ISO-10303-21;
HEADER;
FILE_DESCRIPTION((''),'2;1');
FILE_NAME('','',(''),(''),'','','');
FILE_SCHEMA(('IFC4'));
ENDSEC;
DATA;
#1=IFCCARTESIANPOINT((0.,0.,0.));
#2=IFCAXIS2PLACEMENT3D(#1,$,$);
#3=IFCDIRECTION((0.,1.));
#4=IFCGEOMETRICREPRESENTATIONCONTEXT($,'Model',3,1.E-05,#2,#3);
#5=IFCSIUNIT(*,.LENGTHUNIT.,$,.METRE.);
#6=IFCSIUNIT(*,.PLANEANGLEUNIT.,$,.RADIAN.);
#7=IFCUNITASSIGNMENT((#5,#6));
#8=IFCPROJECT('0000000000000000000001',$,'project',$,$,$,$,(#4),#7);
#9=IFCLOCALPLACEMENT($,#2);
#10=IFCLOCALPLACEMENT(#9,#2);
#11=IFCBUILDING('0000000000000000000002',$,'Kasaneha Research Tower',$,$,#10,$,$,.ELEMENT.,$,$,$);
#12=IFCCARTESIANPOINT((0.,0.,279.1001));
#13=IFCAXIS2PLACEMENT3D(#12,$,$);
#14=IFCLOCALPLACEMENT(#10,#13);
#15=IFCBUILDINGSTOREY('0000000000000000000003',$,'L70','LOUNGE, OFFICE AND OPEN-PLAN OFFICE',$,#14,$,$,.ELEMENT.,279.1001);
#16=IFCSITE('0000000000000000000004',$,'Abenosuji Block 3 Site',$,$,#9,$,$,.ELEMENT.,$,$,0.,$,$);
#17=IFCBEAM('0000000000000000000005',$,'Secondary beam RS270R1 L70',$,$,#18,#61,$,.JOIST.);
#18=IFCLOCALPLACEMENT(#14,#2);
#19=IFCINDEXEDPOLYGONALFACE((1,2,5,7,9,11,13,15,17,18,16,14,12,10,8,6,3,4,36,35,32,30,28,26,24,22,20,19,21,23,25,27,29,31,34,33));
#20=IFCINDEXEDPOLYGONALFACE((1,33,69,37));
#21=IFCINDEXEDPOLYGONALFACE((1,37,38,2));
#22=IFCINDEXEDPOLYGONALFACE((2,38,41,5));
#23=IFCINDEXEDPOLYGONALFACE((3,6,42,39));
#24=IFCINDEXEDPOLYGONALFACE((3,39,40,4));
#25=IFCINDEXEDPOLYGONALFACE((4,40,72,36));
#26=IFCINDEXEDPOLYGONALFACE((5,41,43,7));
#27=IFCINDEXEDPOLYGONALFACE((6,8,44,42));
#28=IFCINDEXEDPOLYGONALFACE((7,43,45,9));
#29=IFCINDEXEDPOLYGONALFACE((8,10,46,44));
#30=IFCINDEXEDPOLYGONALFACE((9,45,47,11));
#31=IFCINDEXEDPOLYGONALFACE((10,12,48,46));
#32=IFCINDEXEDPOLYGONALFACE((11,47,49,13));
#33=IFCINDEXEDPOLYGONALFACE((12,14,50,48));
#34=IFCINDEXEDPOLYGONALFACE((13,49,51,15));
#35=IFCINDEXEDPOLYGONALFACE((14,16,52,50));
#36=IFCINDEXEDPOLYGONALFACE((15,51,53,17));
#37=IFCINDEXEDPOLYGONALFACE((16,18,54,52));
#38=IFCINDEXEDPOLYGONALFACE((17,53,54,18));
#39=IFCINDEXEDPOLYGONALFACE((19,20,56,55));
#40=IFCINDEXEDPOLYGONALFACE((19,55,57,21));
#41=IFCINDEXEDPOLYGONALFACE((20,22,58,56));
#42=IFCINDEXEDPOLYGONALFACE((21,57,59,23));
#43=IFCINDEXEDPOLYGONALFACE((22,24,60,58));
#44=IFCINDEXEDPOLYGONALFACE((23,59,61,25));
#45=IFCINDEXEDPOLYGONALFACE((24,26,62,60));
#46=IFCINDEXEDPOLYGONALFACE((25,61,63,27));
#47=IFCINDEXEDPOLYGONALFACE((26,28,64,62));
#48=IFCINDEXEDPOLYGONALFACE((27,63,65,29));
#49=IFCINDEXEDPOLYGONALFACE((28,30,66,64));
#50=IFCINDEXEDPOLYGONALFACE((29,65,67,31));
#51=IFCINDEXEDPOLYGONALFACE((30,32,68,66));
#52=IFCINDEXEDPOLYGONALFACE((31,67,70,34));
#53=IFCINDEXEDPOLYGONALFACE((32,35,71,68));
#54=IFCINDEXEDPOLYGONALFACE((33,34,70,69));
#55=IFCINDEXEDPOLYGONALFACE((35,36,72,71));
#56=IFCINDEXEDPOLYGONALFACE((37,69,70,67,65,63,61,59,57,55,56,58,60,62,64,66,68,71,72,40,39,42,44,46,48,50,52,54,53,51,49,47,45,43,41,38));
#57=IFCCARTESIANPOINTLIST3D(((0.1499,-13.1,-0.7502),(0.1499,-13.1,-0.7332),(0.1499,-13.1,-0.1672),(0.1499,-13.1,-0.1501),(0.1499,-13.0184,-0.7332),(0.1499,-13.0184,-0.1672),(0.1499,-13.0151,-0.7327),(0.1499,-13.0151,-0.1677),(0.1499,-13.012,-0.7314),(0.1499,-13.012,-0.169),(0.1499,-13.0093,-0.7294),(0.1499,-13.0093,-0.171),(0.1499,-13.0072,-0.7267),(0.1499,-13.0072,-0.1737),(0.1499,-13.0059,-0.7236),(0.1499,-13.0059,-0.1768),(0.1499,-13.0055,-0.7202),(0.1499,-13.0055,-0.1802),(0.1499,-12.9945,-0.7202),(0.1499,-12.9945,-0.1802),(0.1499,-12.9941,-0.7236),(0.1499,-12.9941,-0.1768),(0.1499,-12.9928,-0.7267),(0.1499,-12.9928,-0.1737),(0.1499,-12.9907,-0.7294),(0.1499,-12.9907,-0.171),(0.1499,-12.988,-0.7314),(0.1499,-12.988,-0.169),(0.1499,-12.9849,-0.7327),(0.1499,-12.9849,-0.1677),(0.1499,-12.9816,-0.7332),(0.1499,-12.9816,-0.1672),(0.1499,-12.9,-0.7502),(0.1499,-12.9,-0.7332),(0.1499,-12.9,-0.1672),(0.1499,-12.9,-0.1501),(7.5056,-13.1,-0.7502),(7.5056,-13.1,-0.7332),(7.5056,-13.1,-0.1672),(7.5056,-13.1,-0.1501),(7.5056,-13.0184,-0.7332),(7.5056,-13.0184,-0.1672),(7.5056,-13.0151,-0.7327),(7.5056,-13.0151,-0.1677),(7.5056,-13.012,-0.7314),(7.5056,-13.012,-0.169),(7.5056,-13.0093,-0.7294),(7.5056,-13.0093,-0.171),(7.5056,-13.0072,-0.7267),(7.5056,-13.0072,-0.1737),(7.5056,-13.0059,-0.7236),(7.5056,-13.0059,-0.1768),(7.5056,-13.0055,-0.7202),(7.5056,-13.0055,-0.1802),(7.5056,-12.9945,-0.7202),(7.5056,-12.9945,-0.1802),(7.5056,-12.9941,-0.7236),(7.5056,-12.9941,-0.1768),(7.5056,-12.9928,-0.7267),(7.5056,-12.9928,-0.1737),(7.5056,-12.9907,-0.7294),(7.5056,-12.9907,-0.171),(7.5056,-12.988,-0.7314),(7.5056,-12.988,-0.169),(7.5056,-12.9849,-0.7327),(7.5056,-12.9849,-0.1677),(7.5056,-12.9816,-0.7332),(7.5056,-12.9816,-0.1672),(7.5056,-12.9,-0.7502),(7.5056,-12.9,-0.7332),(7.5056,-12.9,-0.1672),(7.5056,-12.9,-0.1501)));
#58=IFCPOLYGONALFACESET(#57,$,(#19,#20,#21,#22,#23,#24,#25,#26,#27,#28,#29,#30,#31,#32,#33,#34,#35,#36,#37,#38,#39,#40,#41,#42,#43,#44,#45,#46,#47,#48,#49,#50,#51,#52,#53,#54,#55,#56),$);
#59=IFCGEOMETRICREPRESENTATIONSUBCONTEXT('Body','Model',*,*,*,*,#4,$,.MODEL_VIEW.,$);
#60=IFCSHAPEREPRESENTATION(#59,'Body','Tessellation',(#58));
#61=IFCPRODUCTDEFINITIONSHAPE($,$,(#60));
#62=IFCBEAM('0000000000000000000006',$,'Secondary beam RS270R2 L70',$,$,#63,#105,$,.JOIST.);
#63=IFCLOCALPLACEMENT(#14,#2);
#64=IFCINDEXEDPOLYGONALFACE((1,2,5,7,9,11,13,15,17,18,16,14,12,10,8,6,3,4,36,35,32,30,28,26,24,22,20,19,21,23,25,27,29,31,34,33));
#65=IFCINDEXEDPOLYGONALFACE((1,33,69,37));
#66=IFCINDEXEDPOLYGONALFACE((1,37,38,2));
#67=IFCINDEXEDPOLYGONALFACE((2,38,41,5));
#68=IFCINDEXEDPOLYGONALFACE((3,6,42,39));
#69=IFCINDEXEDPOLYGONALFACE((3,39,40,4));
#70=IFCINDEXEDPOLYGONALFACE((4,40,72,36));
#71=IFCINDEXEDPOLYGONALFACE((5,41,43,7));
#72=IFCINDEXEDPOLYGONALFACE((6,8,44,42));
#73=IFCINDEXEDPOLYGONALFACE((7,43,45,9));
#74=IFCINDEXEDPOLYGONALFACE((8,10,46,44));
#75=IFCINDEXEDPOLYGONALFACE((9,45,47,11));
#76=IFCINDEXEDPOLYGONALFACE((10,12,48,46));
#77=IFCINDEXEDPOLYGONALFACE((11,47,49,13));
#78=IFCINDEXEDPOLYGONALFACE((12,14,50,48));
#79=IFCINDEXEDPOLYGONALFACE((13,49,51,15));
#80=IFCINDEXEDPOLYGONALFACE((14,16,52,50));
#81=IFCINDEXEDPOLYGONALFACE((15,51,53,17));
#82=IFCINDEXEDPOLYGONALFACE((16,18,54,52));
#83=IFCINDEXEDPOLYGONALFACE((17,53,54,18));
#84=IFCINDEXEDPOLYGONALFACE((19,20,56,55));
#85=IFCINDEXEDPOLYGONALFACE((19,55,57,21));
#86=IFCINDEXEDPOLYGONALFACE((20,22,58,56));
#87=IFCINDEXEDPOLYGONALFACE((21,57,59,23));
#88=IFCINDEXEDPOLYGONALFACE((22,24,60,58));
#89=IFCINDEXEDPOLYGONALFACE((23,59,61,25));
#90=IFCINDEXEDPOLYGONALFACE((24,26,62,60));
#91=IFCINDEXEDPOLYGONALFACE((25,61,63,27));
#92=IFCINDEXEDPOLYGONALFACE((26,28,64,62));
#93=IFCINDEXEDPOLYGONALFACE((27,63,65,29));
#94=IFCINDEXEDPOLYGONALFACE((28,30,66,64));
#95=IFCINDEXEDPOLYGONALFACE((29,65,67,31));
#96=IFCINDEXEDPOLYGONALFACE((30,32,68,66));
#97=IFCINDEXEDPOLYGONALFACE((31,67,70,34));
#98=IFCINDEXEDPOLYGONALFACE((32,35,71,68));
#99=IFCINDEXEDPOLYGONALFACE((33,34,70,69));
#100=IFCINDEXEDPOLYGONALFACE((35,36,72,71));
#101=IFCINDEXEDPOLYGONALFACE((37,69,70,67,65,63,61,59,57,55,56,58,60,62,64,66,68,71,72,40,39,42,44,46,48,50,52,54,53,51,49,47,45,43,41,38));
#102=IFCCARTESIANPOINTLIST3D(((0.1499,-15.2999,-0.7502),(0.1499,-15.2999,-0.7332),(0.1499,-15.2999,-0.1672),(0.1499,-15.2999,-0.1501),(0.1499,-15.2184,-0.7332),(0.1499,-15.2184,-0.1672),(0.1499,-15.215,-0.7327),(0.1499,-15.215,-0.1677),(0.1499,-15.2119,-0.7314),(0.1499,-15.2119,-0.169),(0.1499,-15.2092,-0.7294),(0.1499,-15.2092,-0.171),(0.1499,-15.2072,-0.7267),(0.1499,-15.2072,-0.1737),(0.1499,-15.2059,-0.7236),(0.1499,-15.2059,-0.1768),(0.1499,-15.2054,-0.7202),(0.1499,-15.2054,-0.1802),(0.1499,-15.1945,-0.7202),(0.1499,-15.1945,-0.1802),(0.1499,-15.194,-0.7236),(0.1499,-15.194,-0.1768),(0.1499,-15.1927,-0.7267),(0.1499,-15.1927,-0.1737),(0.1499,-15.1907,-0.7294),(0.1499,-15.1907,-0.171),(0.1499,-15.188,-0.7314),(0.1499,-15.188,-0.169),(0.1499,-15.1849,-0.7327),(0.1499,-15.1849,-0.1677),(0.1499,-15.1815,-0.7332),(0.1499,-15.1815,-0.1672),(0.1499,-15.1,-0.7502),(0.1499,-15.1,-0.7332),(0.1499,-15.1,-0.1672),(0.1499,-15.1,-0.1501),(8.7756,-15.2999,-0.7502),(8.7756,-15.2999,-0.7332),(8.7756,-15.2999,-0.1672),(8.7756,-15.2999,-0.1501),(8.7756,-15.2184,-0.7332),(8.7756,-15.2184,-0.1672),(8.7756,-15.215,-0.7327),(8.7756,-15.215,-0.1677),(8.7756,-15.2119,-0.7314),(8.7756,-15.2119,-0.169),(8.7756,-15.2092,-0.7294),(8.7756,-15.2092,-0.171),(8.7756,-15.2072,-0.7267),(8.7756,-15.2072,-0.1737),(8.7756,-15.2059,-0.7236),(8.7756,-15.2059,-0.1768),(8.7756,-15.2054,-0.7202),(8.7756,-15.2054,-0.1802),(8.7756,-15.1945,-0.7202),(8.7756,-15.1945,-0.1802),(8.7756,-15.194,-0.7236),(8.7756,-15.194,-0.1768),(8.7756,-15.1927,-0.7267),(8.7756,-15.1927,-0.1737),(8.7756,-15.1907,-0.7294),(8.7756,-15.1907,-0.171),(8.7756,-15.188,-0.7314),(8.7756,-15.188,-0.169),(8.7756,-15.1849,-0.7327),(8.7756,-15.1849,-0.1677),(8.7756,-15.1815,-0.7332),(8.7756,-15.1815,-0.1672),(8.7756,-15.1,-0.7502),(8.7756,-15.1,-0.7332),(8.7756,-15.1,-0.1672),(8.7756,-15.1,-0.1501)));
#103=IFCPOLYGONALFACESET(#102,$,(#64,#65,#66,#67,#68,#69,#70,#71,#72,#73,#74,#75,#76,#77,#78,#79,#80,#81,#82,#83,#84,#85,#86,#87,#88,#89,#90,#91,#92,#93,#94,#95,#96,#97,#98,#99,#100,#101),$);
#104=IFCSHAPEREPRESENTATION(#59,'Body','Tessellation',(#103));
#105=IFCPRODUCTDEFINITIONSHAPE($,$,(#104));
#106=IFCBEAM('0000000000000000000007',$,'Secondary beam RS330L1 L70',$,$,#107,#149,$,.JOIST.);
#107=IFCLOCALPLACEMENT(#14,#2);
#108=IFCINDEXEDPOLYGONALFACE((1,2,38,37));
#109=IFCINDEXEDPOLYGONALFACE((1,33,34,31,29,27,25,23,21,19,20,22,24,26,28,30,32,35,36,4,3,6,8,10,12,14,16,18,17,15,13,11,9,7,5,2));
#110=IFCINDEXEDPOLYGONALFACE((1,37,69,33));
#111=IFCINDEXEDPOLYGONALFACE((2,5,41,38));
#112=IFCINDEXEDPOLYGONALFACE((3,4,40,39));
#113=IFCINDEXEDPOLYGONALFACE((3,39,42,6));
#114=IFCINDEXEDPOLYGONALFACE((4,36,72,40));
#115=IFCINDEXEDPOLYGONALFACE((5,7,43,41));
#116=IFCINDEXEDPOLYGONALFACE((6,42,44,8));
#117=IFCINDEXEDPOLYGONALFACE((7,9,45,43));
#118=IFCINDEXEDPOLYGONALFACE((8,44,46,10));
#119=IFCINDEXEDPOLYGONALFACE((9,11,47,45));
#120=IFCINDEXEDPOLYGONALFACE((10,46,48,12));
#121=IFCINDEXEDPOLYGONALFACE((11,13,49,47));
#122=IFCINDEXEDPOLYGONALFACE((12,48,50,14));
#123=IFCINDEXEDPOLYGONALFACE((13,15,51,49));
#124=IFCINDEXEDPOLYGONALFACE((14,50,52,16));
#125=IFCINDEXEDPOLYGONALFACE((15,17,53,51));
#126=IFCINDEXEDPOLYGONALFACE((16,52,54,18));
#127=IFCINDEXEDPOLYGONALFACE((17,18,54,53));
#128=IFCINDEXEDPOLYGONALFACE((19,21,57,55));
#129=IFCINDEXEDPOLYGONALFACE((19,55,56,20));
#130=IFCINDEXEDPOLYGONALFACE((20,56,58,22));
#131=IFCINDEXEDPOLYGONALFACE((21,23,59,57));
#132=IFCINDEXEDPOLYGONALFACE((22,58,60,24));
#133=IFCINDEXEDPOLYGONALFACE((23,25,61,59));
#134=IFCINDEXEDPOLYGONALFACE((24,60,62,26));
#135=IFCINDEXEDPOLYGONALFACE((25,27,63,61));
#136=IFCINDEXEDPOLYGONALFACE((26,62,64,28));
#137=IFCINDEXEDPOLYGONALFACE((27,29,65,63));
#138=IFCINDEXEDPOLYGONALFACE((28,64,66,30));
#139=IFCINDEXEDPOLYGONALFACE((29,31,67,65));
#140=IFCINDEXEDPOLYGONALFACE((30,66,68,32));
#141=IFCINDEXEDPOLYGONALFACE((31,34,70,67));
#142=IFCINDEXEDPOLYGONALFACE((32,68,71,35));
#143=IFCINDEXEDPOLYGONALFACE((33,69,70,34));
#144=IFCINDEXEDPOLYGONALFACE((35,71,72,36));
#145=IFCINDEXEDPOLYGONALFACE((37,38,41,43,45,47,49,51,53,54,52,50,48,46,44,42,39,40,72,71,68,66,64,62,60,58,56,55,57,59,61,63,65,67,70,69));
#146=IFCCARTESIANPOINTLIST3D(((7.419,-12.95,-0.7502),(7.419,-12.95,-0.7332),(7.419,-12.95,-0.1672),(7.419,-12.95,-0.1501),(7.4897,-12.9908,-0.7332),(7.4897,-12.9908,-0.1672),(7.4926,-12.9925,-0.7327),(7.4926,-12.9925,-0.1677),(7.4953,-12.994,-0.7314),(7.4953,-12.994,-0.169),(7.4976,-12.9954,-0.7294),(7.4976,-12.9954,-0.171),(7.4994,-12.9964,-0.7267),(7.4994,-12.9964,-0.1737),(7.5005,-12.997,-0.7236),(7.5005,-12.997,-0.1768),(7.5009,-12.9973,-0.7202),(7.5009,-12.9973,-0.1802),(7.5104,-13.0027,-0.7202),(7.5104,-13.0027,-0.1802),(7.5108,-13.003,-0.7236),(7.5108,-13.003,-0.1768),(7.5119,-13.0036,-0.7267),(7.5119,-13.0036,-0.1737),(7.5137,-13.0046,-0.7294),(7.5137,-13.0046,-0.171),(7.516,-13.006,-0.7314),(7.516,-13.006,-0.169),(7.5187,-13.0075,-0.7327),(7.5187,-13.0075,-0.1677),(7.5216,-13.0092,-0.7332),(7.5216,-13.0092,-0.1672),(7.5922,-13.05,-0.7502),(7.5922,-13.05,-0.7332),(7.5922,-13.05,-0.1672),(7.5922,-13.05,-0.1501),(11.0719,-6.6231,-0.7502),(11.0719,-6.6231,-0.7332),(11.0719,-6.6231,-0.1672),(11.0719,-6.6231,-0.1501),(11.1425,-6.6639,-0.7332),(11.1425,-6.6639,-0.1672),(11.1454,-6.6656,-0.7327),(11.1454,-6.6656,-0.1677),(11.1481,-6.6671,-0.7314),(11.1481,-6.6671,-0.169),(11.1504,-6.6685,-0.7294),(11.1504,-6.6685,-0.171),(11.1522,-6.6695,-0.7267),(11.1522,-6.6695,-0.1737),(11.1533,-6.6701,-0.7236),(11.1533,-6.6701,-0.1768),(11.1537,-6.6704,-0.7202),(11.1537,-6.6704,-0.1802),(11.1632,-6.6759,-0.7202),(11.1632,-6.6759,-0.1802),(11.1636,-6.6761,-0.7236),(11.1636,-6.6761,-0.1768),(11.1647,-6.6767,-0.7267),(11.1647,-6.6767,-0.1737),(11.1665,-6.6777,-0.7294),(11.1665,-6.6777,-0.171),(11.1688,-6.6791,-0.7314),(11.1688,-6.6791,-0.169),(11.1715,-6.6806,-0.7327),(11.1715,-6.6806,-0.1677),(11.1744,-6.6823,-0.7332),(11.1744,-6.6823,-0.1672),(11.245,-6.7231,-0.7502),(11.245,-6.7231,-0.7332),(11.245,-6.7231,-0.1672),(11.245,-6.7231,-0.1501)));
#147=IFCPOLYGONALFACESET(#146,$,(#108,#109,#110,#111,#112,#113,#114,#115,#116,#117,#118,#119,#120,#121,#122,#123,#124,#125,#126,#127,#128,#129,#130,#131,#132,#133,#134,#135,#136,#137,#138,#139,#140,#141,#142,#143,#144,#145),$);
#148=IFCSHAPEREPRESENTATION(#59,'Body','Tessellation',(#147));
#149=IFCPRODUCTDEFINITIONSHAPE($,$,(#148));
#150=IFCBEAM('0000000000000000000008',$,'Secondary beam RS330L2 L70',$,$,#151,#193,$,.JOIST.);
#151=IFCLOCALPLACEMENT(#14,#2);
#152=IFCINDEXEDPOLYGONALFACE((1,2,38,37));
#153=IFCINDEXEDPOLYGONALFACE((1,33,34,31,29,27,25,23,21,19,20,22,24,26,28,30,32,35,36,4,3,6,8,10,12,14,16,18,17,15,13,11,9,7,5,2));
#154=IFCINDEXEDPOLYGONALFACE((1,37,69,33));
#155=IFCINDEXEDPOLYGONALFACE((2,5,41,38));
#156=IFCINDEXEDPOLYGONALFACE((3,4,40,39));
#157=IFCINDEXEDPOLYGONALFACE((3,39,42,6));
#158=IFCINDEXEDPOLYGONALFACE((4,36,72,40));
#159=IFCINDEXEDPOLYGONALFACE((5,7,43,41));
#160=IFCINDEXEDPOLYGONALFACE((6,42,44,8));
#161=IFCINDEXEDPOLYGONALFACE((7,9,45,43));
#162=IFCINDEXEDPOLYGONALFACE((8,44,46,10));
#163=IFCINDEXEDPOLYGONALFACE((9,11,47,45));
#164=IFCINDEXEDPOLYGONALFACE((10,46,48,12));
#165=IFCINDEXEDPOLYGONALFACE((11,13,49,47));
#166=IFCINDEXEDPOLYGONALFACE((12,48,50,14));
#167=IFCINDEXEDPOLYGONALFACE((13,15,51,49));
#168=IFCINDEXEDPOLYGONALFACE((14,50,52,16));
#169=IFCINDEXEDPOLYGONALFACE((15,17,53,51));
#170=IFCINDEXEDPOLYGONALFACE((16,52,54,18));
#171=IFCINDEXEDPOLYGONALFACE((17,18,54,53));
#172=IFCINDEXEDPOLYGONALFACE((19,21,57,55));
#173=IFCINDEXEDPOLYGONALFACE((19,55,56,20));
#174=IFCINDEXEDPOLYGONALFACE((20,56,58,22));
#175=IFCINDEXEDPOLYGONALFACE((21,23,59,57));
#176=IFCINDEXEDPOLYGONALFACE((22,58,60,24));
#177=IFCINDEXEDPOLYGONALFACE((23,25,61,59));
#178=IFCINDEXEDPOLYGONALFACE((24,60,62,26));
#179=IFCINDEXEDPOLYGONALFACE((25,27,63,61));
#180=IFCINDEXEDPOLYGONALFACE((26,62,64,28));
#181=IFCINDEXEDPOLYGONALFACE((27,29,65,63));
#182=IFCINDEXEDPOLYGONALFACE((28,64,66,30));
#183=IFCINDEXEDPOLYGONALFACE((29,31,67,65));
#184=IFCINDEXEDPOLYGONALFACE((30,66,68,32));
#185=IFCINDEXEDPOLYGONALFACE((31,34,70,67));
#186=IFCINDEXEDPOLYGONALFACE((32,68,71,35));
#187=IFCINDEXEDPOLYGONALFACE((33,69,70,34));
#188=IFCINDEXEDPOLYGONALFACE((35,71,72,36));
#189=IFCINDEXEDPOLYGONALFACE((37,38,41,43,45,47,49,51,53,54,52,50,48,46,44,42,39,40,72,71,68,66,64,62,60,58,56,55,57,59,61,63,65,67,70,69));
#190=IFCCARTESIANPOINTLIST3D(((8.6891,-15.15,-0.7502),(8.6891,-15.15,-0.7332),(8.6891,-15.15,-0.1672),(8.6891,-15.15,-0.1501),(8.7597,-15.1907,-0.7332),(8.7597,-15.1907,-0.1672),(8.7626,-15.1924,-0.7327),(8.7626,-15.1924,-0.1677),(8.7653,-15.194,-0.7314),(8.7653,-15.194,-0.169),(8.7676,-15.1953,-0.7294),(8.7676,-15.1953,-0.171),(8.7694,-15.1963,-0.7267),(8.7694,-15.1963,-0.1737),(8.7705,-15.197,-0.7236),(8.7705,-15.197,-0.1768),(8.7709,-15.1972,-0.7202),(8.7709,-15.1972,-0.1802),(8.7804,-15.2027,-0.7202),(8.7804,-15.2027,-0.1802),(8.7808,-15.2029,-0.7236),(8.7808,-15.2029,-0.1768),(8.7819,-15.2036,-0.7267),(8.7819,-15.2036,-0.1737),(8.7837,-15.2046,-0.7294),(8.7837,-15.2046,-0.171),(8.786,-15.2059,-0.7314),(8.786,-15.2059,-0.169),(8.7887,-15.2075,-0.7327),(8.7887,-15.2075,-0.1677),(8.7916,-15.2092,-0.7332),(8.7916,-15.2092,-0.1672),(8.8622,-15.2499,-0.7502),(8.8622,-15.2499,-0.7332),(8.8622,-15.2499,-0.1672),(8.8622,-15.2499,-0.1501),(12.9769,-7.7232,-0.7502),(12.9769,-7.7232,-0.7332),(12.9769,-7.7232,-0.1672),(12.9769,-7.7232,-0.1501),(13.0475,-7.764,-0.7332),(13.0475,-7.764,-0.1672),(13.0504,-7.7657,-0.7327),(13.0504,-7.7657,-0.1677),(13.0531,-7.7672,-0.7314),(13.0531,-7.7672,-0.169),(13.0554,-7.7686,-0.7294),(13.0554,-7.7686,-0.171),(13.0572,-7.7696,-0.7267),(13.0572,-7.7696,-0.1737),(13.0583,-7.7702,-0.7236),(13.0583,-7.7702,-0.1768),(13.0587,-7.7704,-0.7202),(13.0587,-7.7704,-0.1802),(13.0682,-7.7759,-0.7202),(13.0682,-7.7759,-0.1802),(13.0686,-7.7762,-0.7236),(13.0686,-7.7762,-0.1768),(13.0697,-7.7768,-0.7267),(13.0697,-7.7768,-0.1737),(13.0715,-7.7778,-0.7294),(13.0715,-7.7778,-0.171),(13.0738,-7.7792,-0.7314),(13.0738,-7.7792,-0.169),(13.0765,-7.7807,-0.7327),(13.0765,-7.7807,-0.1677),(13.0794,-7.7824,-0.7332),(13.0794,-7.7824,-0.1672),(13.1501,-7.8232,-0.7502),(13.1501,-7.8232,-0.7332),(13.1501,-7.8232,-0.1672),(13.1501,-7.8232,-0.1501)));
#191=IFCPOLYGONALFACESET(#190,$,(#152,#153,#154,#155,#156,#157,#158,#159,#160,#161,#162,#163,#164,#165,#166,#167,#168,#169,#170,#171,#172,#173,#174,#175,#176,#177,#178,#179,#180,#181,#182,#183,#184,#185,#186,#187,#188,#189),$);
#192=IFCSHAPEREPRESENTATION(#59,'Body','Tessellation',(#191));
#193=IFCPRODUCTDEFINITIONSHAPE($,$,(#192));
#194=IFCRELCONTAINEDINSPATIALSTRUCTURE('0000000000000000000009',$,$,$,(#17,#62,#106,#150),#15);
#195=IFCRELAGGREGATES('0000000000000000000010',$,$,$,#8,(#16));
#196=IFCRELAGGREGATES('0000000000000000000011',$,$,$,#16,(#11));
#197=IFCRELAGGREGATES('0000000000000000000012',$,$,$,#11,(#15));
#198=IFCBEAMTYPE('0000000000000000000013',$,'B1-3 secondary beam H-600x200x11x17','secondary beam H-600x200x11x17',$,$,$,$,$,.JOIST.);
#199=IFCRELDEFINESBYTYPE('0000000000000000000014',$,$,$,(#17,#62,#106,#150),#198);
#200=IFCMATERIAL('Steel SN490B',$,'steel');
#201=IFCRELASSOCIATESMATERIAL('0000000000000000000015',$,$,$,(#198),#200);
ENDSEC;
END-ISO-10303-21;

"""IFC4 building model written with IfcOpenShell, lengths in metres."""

from ifc_helpers import new_model, si_unit, direction, frame, origin, origin_2d, place, context, subcontext, project, spatial, i_section, extrude, material, material_profile, profile_set, type_object, element, save


model = new_model("IFC4")

# Units and contexts
model_context = context("Model", 3, precision=1e-05, world=origin(), true_north=direction((0.0, 1.0)))
body_context = subcontext(model_context, "Body", "Model", "MODEL_VIEW")
ifc_project = project(units=[si_unit("LENGTHUNIT", "METRE"), si_unit("PLANEANGLEUNIT", "RADIAN")], contexts=[model_context])

# Site, building, storey
site_placement = place(None, origin())
site = spatial("IfcSite", under=ifc_project, at=site_placement, Name="Abenosuji Block 3 Site", CompositionType="ELEMENT", RefElevation=0.0)
building_placement = place(site_placement, origin())
building = spatial("IfcBuilding", under=site, at=building_placement, Name="Kasaneha Research Tower", CompositionType="ELEMENT")
storey_placement = place(building_placement, frame((0.0, 0.0, 279.1001)))
storey = spatial("IfcBuildingStorey", under=building, at=storey_placement, Name="L70", Description="LOUNGE, OFFICE AND OPEN-PLAN OFFICE", CompositionType="ELEMENT", Elevation=279.1001)

# Beams
ifc_material_1 = material(Name="Steel SN490B", Category="steel")
ifc_material_profile_1 = material_profile(ifc_material_1, i_section(OverallWidth=0.2, OverallDepth=0.6001, WebThickness=0.011, FlangeThickness=0.0171, FilletRadius=0.0129, at=origin_2d()), Name="H-600x200x11x17")
ifc_profile_set_1 = profile_set([ifc_material_profile_1], Name="Steel SN490B")
beam_type_1 = type_object("IfcBeamType", Name="B1-3 secondary beam H-600x200x11x17", Description="secondary beam H-600x200x11x17", PredefinedType="JOIST", material=ifc_profile_set_1)
beam_1_placement = place(storey_placement, frame((7.5056, -13.0, -0.4502), z_axis=(-1.0, 0.0, 0.0), x_axis=(0.0, -1.0, 0.0)))
element("IfcBeam", 1, at=beam_1_placement, inside=storey, type_object=beam_type_1, Name="Secondary beam RS270R1 L70", PredefinedType="JOIST", context=body_context, shape_type="SweptSolid", body=[
    extrude(i_section(OverallWidth=0.2, OverallDepth=0.6001, WebThickness=0.011, FlangeThickness=0.0171, FilletRadius=0.0129, at=origin_2d()), origin(), (0.0, 0.0, 1.0), 7.3557),
])
beam_2_placement = place(storey_placement, frame((8.7756, -15.2, -0.4502), z_axis=(-1.0, 0.0, 0.0), x_axis=(0.0, -1.0, 0.0)))
element("IfcBeam", 2, at=beam_2_placement, inside=storey, type_object=beam_type_1, Name="Secondary beam RS270R2 L70", PredefinedType="JOIST", context=body_context, shape_type="SweptSolid", body=[
    extrude(i_section(OverallWidth=0.2, OverallDepth=0.6001, WebThickness=0.011, FlangeThickness=0.0171, FilletRadius=0.0129, at=origin_2d()), origin(), (0.0, 0.0, 1.0), 8.6257),
])
beam_3_placement = place(storey_placement, frame((7.5056, -13.0, -0.4502), z_axis=(0.499999, 0.866026, 0.0), x_axis=(-0.866026, 0.499999, 0.0)))
element("IfcBeam", 3, at=beam_3_placement, inside=storey, type_object=beam_type_1, Name="Secondary beam RS330L1 L70", PredefinedType="JOIST", context=body_context, shape_type="SweptSolid", body=[
    extrude(i_section(OverallWidth=0.2, OverallDepth=0.6001, WebThickness=0.011, FlangeThickness=0.0171, FilletRadius=0.0129, at=origin_2d()), origin(), (0.0, 0.0, 1.0), 7.3057),
])
beam_4_placement = place(storey_placement, frame((8.7756, -15.2, -0.4502), z_axis=(0.5, 0.866025, 0.0), x_axis=(-0.866025, 0.5, 0.0)))
element("IfcBeam", 4, at=beam_4_placement, inside=storey, type_object=beam_type_1, Name="Secondary beam RS330L2 L70", PredefinedType="JOIST", context=body_context, shape_type="SweptSolid", body=[
    extrude(i_section(OverallWidth=0.2, OverallDepth=0.6001, WebThickness=0.011, FlangeThickness=0.0171, FilletRadius=0.0129, at=origin_2d()), origin(), (0.0, 0.0, 1.0), 8.5757),
])

save(model, "model.ifc")
